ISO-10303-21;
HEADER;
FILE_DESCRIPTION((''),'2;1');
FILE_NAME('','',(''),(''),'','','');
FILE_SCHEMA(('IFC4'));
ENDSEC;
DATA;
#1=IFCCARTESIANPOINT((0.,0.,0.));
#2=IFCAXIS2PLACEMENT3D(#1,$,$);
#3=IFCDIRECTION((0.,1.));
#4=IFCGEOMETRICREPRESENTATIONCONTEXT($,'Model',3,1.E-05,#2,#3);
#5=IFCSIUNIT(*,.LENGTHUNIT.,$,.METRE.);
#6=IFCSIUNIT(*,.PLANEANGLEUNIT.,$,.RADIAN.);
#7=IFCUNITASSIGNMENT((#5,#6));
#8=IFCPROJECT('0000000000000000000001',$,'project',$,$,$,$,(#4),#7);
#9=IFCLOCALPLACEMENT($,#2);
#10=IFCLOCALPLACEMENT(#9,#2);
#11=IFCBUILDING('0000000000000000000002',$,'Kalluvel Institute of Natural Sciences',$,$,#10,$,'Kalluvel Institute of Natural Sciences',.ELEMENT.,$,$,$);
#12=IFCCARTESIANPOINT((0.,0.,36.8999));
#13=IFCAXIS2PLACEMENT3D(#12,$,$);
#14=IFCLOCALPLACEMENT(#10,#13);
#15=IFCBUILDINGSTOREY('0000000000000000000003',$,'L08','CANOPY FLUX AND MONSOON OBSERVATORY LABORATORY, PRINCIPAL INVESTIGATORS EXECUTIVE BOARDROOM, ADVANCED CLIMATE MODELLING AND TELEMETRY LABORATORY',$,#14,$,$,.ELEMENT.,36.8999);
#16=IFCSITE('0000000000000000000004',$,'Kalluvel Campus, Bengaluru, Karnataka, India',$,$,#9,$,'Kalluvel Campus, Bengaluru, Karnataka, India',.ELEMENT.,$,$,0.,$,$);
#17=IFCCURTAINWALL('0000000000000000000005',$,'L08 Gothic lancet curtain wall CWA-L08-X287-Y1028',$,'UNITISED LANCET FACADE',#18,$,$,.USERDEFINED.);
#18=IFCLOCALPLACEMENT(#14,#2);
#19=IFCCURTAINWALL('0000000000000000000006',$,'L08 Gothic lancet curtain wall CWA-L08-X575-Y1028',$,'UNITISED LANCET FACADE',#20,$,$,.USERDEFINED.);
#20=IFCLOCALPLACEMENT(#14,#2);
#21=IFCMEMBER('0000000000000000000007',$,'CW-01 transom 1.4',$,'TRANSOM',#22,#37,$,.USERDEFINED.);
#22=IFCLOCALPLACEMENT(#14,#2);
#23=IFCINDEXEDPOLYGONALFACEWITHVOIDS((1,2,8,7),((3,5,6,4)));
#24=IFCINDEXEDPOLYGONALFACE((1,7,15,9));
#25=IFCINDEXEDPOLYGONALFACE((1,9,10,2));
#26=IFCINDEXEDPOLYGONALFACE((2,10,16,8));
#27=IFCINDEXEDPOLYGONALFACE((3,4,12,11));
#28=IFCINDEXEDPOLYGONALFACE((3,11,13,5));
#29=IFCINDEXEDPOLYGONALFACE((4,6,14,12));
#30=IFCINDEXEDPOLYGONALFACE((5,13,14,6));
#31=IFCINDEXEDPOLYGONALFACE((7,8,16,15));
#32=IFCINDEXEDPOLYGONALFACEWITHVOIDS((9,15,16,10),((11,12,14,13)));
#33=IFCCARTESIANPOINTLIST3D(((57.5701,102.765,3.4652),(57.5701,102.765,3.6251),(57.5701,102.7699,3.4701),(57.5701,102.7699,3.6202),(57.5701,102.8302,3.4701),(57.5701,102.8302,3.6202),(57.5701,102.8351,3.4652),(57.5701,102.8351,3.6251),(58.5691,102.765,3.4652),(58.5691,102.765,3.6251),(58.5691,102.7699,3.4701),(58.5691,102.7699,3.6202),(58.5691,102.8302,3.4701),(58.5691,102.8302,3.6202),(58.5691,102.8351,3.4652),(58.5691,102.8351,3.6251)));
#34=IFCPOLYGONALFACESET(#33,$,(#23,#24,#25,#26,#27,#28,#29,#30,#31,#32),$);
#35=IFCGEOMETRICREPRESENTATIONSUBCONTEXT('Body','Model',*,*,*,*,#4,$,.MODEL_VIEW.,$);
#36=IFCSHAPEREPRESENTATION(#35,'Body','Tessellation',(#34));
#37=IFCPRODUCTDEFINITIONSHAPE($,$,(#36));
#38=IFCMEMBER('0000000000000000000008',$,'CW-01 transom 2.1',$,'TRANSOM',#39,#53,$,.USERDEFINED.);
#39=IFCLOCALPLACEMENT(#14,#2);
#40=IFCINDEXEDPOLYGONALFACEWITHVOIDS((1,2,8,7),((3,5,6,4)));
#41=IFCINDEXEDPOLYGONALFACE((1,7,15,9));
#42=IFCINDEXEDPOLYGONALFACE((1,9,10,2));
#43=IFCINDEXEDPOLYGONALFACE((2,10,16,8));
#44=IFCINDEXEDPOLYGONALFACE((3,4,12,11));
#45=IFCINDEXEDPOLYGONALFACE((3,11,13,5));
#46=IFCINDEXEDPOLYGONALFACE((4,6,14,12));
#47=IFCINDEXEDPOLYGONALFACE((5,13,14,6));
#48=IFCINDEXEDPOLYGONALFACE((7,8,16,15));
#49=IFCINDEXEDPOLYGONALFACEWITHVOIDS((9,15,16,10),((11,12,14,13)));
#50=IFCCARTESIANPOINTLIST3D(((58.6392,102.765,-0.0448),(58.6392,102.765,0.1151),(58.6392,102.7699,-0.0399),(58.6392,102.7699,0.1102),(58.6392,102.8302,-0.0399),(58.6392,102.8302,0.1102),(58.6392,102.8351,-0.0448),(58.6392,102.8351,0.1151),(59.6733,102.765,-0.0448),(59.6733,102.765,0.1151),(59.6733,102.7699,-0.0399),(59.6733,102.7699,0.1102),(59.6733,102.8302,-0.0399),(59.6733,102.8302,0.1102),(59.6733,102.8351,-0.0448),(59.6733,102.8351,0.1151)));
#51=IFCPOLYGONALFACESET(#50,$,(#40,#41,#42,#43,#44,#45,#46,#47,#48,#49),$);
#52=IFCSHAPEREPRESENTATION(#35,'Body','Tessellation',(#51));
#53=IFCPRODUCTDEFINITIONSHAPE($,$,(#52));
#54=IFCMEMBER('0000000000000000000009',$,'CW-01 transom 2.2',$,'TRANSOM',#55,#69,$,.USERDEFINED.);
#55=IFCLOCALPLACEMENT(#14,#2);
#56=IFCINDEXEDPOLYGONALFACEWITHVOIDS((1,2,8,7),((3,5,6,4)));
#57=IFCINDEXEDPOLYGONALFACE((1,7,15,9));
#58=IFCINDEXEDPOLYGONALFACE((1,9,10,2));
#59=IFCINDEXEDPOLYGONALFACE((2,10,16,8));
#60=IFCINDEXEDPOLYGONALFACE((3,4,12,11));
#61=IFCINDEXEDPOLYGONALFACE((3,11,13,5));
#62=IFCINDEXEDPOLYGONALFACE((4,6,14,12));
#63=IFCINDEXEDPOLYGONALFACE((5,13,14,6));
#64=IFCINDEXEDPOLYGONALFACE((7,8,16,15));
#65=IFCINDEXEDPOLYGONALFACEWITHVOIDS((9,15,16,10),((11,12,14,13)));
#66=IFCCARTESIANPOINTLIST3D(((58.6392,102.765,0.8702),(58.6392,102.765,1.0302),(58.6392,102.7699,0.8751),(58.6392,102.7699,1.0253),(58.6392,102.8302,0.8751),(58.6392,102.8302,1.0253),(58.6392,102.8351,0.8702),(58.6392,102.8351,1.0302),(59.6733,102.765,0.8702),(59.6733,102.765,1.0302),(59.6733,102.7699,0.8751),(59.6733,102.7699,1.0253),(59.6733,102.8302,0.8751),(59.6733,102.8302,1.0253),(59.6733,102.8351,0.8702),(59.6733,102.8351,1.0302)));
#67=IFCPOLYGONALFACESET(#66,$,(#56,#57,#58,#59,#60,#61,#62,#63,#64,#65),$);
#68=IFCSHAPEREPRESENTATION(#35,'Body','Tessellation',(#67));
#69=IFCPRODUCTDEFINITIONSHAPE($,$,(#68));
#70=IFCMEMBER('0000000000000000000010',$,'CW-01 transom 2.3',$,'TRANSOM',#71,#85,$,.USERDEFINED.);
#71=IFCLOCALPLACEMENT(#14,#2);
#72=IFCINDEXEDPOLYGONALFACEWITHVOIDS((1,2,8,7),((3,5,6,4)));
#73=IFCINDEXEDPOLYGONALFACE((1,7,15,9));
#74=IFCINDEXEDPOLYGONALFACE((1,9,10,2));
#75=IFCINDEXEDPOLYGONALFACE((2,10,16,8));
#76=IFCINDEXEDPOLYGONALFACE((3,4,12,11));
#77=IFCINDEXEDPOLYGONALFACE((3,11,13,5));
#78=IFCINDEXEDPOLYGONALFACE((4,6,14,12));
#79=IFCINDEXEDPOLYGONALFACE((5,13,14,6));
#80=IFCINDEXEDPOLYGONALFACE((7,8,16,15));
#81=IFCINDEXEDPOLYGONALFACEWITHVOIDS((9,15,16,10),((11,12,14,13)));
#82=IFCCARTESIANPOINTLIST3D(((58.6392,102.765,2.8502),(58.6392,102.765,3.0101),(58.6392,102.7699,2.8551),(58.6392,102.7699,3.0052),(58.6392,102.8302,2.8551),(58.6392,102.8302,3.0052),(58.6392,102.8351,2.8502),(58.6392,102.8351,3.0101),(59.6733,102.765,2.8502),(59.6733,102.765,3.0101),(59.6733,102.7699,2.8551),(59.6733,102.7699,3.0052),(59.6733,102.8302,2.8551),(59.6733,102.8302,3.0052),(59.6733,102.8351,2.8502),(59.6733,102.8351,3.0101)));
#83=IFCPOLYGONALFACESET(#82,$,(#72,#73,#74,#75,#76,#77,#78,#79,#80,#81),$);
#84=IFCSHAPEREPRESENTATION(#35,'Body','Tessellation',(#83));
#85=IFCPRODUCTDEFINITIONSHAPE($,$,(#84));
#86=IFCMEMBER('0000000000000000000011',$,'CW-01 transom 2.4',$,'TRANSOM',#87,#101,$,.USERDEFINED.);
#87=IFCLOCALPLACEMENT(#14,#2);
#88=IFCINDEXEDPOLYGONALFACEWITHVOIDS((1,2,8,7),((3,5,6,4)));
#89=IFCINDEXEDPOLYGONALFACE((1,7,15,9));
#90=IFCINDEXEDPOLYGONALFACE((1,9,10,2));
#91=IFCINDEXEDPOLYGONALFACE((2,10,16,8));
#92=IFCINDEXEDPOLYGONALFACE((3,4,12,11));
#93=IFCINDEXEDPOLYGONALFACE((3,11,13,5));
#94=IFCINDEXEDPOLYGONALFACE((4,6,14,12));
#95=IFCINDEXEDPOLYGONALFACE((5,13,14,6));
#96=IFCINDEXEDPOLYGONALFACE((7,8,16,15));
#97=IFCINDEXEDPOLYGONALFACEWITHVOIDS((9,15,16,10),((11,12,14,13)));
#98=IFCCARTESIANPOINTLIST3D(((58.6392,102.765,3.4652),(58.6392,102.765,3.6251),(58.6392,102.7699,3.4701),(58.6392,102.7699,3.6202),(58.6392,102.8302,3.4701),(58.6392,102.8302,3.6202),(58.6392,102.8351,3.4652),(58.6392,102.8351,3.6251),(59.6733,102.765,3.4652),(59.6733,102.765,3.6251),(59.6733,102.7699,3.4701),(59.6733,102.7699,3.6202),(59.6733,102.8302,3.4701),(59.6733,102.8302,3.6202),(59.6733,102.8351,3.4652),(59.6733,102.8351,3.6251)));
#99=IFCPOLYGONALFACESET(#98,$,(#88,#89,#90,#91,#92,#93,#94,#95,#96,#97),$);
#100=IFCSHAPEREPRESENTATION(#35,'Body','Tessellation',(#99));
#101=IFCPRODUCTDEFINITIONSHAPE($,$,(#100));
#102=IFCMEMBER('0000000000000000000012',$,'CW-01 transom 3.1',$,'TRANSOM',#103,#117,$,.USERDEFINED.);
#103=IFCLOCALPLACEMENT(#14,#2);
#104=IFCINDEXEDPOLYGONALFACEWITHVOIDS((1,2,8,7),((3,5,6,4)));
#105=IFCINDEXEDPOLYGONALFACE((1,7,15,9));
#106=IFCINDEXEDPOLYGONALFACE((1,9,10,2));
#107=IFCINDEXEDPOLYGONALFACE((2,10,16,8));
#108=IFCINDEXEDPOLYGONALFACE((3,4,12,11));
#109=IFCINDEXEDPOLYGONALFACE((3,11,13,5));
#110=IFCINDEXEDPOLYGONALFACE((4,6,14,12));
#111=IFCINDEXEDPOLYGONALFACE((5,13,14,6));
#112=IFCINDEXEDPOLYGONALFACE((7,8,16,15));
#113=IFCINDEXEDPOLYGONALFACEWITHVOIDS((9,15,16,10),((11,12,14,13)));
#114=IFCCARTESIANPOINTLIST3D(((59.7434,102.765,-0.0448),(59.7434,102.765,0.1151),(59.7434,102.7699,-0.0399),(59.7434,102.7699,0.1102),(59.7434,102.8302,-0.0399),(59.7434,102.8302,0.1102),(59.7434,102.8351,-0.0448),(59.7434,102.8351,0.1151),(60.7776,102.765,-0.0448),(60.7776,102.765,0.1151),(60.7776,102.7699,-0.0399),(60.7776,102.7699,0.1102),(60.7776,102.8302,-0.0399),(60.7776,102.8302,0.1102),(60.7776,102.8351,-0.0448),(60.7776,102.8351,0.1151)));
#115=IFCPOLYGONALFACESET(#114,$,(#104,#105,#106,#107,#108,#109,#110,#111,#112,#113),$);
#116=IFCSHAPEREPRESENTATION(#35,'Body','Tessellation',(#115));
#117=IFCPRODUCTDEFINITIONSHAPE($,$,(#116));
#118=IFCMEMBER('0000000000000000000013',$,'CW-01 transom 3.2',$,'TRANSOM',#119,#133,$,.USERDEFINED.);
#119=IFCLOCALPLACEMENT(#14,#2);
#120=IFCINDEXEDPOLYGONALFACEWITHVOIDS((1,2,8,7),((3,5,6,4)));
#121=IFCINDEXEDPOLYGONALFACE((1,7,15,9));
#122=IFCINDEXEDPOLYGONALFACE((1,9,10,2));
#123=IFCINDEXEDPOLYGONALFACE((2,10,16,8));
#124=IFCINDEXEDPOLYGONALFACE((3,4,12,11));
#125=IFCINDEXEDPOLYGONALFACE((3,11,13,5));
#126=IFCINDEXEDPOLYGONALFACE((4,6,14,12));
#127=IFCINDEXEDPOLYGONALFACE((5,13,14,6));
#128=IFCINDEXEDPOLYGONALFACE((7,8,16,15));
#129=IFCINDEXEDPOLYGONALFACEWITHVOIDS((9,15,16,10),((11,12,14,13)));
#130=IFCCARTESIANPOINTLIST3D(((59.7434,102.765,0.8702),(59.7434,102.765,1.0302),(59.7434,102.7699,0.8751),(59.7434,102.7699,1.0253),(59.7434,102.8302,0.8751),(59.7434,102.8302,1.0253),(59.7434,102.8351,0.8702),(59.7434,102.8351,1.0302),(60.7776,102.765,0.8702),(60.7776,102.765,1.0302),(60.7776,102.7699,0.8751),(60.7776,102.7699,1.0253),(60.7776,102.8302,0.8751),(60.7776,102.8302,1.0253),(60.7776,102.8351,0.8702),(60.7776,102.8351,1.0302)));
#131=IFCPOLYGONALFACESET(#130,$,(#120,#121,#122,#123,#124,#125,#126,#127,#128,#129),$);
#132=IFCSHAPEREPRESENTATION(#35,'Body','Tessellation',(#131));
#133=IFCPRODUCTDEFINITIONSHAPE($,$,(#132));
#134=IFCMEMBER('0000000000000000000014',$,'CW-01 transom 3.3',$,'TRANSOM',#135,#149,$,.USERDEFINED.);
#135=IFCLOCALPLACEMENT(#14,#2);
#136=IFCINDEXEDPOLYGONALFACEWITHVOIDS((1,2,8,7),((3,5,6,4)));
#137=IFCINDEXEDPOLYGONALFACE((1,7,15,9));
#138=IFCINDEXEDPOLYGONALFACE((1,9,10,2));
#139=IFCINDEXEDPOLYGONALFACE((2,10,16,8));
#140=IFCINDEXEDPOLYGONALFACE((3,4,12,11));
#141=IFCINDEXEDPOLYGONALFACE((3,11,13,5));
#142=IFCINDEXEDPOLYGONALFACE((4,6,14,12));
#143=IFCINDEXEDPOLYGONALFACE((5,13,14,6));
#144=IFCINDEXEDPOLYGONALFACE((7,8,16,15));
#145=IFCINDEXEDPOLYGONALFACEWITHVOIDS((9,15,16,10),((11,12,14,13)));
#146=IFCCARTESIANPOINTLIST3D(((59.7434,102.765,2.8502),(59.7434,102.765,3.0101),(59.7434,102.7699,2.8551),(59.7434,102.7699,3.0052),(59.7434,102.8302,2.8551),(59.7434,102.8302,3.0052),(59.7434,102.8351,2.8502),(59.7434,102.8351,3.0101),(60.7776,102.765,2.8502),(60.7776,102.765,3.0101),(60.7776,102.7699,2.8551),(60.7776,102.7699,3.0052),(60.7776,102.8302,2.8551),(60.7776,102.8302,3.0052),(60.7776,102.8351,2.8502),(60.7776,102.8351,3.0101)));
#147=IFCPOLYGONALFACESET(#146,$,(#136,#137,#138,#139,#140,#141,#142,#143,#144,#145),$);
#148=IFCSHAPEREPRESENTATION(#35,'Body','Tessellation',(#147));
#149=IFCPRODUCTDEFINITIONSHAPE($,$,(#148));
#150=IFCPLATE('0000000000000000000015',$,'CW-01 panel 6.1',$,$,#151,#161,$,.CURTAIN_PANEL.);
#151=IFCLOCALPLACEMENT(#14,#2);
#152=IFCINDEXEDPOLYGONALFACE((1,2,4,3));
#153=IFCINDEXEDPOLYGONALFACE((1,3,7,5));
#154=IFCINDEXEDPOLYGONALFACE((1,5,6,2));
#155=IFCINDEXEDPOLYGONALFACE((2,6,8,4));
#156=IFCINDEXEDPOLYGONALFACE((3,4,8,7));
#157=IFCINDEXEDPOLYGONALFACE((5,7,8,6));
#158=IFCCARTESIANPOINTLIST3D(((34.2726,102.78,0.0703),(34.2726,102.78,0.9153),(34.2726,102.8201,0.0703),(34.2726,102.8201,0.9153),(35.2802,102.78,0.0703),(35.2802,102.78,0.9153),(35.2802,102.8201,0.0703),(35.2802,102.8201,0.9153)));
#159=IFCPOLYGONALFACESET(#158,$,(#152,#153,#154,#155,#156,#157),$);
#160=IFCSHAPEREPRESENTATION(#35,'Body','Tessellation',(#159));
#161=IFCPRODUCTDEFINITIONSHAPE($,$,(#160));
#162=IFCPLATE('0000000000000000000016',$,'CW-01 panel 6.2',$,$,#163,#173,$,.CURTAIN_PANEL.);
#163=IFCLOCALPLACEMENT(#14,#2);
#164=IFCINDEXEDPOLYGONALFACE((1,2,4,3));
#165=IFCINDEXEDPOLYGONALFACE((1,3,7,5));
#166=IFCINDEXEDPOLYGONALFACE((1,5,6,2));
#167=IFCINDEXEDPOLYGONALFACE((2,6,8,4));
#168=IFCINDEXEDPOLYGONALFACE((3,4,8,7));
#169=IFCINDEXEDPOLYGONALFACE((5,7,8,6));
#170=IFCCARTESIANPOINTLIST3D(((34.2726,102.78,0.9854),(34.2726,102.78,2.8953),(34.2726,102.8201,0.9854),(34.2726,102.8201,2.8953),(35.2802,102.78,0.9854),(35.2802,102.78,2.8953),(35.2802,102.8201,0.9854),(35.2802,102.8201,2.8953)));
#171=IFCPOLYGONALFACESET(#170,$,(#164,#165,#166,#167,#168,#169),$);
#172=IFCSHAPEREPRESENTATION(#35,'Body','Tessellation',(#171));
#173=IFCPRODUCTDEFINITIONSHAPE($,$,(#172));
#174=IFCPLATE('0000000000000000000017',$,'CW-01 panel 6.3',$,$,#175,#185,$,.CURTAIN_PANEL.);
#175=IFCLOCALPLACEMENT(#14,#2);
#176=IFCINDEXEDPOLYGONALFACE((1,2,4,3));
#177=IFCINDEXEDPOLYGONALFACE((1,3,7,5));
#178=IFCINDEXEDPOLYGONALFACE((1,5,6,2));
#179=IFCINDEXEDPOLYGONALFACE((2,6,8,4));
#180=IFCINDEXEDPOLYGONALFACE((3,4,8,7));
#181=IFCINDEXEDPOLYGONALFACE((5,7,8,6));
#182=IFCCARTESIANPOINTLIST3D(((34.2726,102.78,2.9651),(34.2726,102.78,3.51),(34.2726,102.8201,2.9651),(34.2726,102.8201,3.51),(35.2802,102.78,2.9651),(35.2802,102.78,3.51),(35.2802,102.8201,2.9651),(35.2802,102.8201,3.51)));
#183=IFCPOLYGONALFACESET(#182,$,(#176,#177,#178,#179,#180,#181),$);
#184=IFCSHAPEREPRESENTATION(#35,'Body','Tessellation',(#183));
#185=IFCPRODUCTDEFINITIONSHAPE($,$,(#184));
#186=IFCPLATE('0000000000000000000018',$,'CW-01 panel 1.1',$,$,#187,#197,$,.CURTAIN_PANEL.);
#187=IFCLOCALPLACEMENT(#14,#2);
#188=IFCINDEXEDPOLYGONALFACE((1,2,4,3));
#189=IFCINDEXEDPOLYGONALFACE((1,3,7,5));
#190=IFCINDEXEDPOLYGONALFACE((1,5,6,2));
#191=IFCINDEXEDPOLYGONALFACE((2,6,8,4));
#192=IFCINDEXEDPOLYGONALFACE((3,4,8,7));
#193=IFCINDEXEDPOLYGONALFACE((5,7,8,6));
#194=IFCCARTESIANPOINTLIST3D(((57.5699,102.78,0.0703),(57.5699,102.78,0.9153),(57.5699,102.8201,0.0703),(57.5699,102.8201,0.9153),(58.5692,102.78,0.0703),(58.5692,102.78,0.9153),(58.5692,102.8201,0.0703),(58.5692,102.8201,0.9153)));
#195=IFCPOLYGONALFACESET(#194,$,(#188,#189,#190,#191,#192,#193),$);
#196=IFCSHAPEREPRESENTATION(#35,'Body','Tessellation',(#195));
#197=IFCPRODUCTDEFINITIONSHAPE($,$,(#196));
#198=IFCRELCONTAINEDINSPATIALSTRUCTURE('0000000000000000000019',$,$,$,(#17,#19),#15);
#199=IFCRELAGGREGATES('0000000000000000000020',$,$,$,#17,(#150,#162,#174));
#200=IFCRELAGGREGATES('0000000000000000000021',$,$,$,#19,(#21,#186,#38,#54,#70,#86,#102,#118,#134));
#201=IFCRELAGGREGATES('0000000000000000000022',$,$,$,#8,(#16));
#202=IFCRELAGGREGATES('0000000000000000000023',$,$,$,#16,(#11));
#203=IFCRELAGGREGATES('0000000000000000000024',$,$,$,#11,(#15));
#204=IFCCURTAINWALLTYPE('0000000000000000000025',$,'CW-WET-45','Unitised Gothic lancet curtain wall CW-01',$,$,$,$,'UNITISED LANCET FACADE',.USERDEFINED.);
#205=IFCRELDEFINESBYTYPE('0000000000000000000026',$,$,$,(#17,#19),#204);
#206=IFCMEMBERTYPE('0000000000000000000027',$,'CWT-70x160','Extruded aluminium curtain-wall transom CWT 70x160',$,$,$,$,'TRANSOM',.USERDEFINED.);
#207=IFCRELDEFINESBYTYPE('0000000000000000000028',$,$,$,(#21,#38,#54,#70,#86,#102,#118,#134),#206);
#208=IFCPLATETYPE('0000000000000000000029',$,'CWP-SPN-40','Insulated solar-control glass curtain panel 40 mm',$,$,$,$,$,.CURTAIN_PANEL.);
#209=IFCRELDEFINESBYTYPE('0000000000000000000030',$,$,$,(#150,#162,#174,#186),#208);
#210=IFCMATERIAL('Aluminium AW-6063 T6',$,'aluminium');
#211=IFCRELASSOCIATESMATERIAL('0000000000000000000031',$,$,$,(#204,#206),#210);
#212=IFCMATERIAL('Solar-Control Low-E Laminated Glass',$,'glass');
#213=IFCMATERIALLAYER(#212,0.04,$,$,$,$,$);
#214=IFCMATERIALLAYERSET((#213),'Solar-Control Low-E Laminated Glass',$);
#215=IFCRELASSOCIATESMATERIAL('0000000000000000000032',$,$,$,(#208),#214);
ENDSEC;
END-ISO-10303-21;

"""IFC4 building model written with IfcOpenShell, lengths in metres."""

from ifc_helpers import new_model, si_unit, direction, frame, origin, origin_2d, place, context, subcontext, project, spatial, rectangle, hollow_rectangle, extrude, material, layer, layer_set, material_profile, profile_set, type_object, element, aggregate, save


model = new_model("IFC4")

# Units and contexts
model_context = context("Model", 3, precision=1e-05, world=origin(), true_north=direction((0.0, 1.0)))
body_context = subcontext(model_context, "Body", "Model", "MODEL_VIEW")
ifc_project = project(units=[si_unit("LENGTHUNIT", "METRE"), si_unit("PLANEANGLEUNIT", "RADIAN")], contexts=[model_context])

# Site, building, storey
site_placement = place(None, origin())
site = spatial("IfcSite", under=ifc_project, at=site_placement, Name="Kalluvel Campus, Bengaluru, Karnataka, India", LongName="Kalluvel Campus, Bengaluru, Karnataka, India", CompositionType="ELEMENT", RefElevation=0.0)
building_placement = place(site_placement, origin())
building = spatial("IfcBuilding", under=site, at=building_placement, Name="Kalluvel Institute of Natural Sciences", LongName="Kalluvel Institute of Natural Sciences", CompositionType="ELEMENT")
storey_placement = place(building_placement, frame((0.0, 0.0, 36.8999)))
storey = spatial("IfcBuildingStorey", under=building, at=storey_placement, Name="L08", Description="CANOPY FLUX AND MONSOON OBSERVATORY LABORATORY, PRINCIPAL INVESTIGATORS EXECUTIVE BOARDROOM, ADVANCED CLIMATE MODELLING AND TELEMETRY LABORATORY", CompositionType="ELEMENT", Elevation=36.8999)

# Curtain wall
ifc_material_1 = material(Name="Aluminium AW-6063 T6", Category="aluminium")
curtain_wall_type = type_object("IfcCurtainWallType", Name="CW-WET-45", Description="Unitised Gothic lancet curtain wall CW-01", ElementType="UNITISED LANCET FACADE", PredefinedType="USERDEFINED", material=ifc_material_1)
curtain_wall_1_placement = place(storey_placement, origin())
curtain_wall_1 = element("IfcCurtainWall", 1, at=curtain_wall_1_placement, inside=storey, type_object=curtain_wall_type, Name="L08 Gothic lancet curtain wall CWA-L08-X287-Y1028", ObjectType="UNITISED LANCET FACADE", PredefinedType="USERDEFINED")

# Curtain wall, members
curtain_wall_2_placement = place(storey_placement, origin())
curtain_wall_2 = element("IfcCurtainWall", 2, at=curtain_wall_2_placement, inside=storey, type_object=curtain_wall_type, Name="L08 Gothic lancet curtain wall CWA-L08-X575-Y1028", ObjectType="UNITISED LANCET FACADE", PredefinedType="USERDEFINED")
ifc_material_profile_1 = material_profile(ifc_material_1, hollow_rectangle(XDim=0.0701, YDim=0.1599, WallThickness=0.0049, at=origin_2d()), Name="CWT 70x160")
ifc_profile_set_1 = profile_set([ifc_material_profile_1], Name="Aluminium AW-6063 T6")
member_type_1 = type_object("IfcMemberType", Name="CWT-70x160", Description="Extruded aluminium curtain-wall transom CWT 70x160", ElementType="TRANSOM", PredefinedType="USERDEFINED", material=ifc_profile_set_1)
member_1_placement = place(storey_placement, frame((57.5701, 102.8, 3.5452), z_axis=(1.0, 0.0, 0.0), x_axis=(0.0, 1.0, 0.0)))
member_1 = element("IfcMember", 3, at=member_1_placement, type_object=member_type_1, Name="CW-01 transom 1.4", ObjectType="TRANSOM", PredefinedType="USERDEFINED", context=body_context, shape_type="SweptSolid", body=[
    extrude(hollow_rectangle(XDim=0.0701, YDim=0.1599, WallThickness=0.0049, at=origin_2d()), origin(), (0.0, 0.0, 1.0), 0.999),
])
member_2_placement = place(storey_placement, frame((58.6392, 102.8, 0.0352), z_axis=(1.0, 0.0, 0.0), x_axis=(0.0, 1.0, 0.0)))
member_2 = element("IfcMember", 4, at=member_2_placement, type_object=member_type_1, Name="CW-01 transom 2.1", ObjectType="TRANSOM", PredefinedType="USERDEFINED", context=body_context, shape_type="SweptSolid", body=[
    extrude(hollow_rectangle(XDim=0.0701, YDim=0.1599, WallThickness=0.0049, at=origin_2d()), origin(), (0.0, 0.0, 1.0), 1.0342),
])
member_3_placement = place(storey_placement, frame((58.6392, 102.8, 0.9502), z_axis=(1.0, 0.0, 0.0), x_axis=(0.0, 1.0, 0.0)))
member_3 = element("IfcMember", 5, at=member_3_placement, type_object=member_type_1, Name="CW-01 transom 2.2", ObjectType="TRANSOM", PredefinedType="USERDEFINED", context=body_context, shape_type="SweptSolid", body=[
    extrude(hollow_rectangle(XDim=0.0701, YDim=0.1599, WallThickness=0.0049, at=origin_2d()), origin(), (0.0, 0.0, 1.0), 1.0342),
])
member_4_placement = place(storey_placement, frame((58.6392, 102.8, 2.9302), z_axis=(1.0, 0.0, 0.0), x_axis=(0.0, 1.0, 0.0)))
member_4 = element("IfcMember", 6, at=member_4_placement, type_object=member_type_1, Name="CW-01 transom 2.3", ObjectType="TRANSOM", PredefinedType="USERDEFINED", context=body_context, shape_type="SweptSolid", body=[
    extrude(hollow_rectangle(XDim=0.0701, YDim=0.1599, WallThickness=0.0049, at=origin_2d()), origin(), (0.0, 0.0, 1.0), 1.0342),
])
member_5_placement = place(storey_placement, frame((58.6392, 102.8, 3.5452), z_axis=(1.0, 0.0, 0.0), x_axis=(0.0, 1.0, 0.0)))
member_5 = element("IfcMember", 7, at=member_5_placement, type_object=member_type_1, Name="CW-01 transom 2.4", ObjectType="TRANSOM", PredefinedType="USERDEFINED", context=body_context, shape_type="SweptSolid", body=[
    extrude(hollow_rectangle(XDim=0.0701, YDim=0.1599, WallThickness=0.0049, at=origin_2d()), origin(), (0.0, 0.0, 1.0), 1.0342),
])
member_6_placement = place(storey_placement, frame((59.7434, 102.8, 0.0352), z_axis=(1.0, 0.0, 0.0), x_axis=(0.0, 1.0, 0.0)))
member_6 = element("IfcMember", 8, at=member_6_placement, type_object=member_type_1, Name="CW-01 transom 3.1", ObjectType="TRANSOM", PredefinedType="USERDEFINED", context=body_context, shape_type="SweptSolid", body=[
    extrude(hollow_rectangle(XDim=0.0701, YDim=0.1599, WallThickness=0.0049, at=origin_2d()), origin(), (0.0, 0.0, 1.0), 1.0342),
])
member_7_placement = place(storey_placement, frame((59.7434, 102.8, 0.9502), z_axis=(1.0, 0.0, 0.0), x_axis=(0.0, 1.0, 0.0)))
member_7 = element("IfcMember", 9, at=member_7_placement, type_object=member_type_1, Name="CW-01 transom 3.2", ObjectType="TRANSOM", PredefinedType="USERDEFINED", context=body_context, shape_type="SweptSolid", body=[
    extrude(hollow_rectangle(XDim=0.0701, YDim=0.1599, WallThickness=0.0049, at=origin_2d()), origin(), (0.0, 0.0, 1.0), 1.0342),
])
member_8_placement = place(storey_placement, frame((59.7434, 102.8, 2.9302), z_axis=(1.0, 0.0, 0.0), x_axis=(0.0, 1.0, 0.0)))
member_8 = element("IfcMember", 10, at=member_8_placement, type_object=member_type_1, Name="CW-01 transom 3.3", ObjectType="TRANSOM", PredefinedType="USERDEFINED", context=body_context, shape_type="SweptSolid", body=[
    extrude(hollow_rectangle(XDim=0.0701, YDim=0.1599, WallThickness=0.0049, at=origin_2d()), origin(), (0.0, 0.0, 1.0), 1.0342),
])

# Plates
ifc_material_2 = material(Name="Solar-Control Low-E Laminated Glass", Category="glass")
ifc_layer = layer(ifc_material_2, 0.04)
ifc_layer_set = layer_set([ifc_layer], Name="Solar-Control Low-E Laminated Glass")
plate_type = type_object("IfcPlateType", Name="CWP-SPN-40", Description="Insulated solar-control glass curtain panel 40 mm", PredefinedType="CURTAIN_PANEL", material=ifc_layer_set)
plate_1_placement = place(storey_placement, frame((34.7764, 102.8, 0.0703), z_axis=(0.0, 0.0, 1.0), x_axis=(1.0, 0.0, 0.0)))
plate_1 = element("IfcPlate", 11, at=plate_1_placement, type_object=plate_type, Name="CW-01 panel 6.1", PredefinedType="CURTAIN_PANEL", context=body_context, shape_type="SweptSolid", body=[
    extrude(rectangle(XDim=1.0076, YDim=0.04, at=origin_2d()), origin(), (0.0, 0.0, 1.0), 0.845),
])
plate_2_placement = place(storey_placement, frame((34.7764, 102.8, 0.9854), z_axis=(0.0, 0.0, 1.0), x_axis=(1.0, 0.0, 0.0)))
plate_2 = element("IfcPlate", 12, at=plate_2_placement, type_object=plate_type, Name="CW-01 panel 6.2", PredefinedType="CURTAIN_PANEL", context=body_context, shape_type="SweptSolid", body=[
    extrude(rectangle(XDim=1.0076, YDim=0.04, at=origin_2d()), origin(), (0.0, 0.0, 1.0), 1.9099),
])
plate_3_placement = place(storey_placement, frame((34.7764, 102.8, 2.9651), z_axis=(0.0, 0.0, 1.0), x_axis=(1.0, 0.0, 0.0)))
plate_3 = element("IfcPlate", 13, at=plate_3_placement, type_object=plate_type, Name="CW-01 panel 6.3", PredefinedType="CURTAIN_PANEL", context=body_context, shape_type="SweptSolid", body=[
    extrude(rectangle(XDim=1.0076, YDim=0.04, at=origin_2d()), origin(), (0.0, 0.0, 1.0), 0.5449),
])
aggregate(curtain_wall_1, [plate_1, plate_2, plate_3])
plate_4_placement = place(storey_placement, frame((58.0696, 102.8, 0.0703), z_axis=(0.0, 0.0, 1.0), x_axis=(1.0, 0.0, 0.0)))
plate_4 = element("IfcPlate", 14, at=plate_4_placement, type_object=plate_type, Name="CW-01 panel 1.1", PredefinedType="CURTAIN_PANEL", context=body_context, shape_type="SweptSolid", body=[
    extrude(rectangle(XDim=0.9993, YDim=0.04, at=origin_2d()), origin(), (0.0, 0.0, 1.0), 0.845),
])
aggregate(curtain_wall_2, [member_1, plate_4, member_2, member_3, member_4, member_5, member_6, member_7, member_8])

save(model, "model.ifc")
